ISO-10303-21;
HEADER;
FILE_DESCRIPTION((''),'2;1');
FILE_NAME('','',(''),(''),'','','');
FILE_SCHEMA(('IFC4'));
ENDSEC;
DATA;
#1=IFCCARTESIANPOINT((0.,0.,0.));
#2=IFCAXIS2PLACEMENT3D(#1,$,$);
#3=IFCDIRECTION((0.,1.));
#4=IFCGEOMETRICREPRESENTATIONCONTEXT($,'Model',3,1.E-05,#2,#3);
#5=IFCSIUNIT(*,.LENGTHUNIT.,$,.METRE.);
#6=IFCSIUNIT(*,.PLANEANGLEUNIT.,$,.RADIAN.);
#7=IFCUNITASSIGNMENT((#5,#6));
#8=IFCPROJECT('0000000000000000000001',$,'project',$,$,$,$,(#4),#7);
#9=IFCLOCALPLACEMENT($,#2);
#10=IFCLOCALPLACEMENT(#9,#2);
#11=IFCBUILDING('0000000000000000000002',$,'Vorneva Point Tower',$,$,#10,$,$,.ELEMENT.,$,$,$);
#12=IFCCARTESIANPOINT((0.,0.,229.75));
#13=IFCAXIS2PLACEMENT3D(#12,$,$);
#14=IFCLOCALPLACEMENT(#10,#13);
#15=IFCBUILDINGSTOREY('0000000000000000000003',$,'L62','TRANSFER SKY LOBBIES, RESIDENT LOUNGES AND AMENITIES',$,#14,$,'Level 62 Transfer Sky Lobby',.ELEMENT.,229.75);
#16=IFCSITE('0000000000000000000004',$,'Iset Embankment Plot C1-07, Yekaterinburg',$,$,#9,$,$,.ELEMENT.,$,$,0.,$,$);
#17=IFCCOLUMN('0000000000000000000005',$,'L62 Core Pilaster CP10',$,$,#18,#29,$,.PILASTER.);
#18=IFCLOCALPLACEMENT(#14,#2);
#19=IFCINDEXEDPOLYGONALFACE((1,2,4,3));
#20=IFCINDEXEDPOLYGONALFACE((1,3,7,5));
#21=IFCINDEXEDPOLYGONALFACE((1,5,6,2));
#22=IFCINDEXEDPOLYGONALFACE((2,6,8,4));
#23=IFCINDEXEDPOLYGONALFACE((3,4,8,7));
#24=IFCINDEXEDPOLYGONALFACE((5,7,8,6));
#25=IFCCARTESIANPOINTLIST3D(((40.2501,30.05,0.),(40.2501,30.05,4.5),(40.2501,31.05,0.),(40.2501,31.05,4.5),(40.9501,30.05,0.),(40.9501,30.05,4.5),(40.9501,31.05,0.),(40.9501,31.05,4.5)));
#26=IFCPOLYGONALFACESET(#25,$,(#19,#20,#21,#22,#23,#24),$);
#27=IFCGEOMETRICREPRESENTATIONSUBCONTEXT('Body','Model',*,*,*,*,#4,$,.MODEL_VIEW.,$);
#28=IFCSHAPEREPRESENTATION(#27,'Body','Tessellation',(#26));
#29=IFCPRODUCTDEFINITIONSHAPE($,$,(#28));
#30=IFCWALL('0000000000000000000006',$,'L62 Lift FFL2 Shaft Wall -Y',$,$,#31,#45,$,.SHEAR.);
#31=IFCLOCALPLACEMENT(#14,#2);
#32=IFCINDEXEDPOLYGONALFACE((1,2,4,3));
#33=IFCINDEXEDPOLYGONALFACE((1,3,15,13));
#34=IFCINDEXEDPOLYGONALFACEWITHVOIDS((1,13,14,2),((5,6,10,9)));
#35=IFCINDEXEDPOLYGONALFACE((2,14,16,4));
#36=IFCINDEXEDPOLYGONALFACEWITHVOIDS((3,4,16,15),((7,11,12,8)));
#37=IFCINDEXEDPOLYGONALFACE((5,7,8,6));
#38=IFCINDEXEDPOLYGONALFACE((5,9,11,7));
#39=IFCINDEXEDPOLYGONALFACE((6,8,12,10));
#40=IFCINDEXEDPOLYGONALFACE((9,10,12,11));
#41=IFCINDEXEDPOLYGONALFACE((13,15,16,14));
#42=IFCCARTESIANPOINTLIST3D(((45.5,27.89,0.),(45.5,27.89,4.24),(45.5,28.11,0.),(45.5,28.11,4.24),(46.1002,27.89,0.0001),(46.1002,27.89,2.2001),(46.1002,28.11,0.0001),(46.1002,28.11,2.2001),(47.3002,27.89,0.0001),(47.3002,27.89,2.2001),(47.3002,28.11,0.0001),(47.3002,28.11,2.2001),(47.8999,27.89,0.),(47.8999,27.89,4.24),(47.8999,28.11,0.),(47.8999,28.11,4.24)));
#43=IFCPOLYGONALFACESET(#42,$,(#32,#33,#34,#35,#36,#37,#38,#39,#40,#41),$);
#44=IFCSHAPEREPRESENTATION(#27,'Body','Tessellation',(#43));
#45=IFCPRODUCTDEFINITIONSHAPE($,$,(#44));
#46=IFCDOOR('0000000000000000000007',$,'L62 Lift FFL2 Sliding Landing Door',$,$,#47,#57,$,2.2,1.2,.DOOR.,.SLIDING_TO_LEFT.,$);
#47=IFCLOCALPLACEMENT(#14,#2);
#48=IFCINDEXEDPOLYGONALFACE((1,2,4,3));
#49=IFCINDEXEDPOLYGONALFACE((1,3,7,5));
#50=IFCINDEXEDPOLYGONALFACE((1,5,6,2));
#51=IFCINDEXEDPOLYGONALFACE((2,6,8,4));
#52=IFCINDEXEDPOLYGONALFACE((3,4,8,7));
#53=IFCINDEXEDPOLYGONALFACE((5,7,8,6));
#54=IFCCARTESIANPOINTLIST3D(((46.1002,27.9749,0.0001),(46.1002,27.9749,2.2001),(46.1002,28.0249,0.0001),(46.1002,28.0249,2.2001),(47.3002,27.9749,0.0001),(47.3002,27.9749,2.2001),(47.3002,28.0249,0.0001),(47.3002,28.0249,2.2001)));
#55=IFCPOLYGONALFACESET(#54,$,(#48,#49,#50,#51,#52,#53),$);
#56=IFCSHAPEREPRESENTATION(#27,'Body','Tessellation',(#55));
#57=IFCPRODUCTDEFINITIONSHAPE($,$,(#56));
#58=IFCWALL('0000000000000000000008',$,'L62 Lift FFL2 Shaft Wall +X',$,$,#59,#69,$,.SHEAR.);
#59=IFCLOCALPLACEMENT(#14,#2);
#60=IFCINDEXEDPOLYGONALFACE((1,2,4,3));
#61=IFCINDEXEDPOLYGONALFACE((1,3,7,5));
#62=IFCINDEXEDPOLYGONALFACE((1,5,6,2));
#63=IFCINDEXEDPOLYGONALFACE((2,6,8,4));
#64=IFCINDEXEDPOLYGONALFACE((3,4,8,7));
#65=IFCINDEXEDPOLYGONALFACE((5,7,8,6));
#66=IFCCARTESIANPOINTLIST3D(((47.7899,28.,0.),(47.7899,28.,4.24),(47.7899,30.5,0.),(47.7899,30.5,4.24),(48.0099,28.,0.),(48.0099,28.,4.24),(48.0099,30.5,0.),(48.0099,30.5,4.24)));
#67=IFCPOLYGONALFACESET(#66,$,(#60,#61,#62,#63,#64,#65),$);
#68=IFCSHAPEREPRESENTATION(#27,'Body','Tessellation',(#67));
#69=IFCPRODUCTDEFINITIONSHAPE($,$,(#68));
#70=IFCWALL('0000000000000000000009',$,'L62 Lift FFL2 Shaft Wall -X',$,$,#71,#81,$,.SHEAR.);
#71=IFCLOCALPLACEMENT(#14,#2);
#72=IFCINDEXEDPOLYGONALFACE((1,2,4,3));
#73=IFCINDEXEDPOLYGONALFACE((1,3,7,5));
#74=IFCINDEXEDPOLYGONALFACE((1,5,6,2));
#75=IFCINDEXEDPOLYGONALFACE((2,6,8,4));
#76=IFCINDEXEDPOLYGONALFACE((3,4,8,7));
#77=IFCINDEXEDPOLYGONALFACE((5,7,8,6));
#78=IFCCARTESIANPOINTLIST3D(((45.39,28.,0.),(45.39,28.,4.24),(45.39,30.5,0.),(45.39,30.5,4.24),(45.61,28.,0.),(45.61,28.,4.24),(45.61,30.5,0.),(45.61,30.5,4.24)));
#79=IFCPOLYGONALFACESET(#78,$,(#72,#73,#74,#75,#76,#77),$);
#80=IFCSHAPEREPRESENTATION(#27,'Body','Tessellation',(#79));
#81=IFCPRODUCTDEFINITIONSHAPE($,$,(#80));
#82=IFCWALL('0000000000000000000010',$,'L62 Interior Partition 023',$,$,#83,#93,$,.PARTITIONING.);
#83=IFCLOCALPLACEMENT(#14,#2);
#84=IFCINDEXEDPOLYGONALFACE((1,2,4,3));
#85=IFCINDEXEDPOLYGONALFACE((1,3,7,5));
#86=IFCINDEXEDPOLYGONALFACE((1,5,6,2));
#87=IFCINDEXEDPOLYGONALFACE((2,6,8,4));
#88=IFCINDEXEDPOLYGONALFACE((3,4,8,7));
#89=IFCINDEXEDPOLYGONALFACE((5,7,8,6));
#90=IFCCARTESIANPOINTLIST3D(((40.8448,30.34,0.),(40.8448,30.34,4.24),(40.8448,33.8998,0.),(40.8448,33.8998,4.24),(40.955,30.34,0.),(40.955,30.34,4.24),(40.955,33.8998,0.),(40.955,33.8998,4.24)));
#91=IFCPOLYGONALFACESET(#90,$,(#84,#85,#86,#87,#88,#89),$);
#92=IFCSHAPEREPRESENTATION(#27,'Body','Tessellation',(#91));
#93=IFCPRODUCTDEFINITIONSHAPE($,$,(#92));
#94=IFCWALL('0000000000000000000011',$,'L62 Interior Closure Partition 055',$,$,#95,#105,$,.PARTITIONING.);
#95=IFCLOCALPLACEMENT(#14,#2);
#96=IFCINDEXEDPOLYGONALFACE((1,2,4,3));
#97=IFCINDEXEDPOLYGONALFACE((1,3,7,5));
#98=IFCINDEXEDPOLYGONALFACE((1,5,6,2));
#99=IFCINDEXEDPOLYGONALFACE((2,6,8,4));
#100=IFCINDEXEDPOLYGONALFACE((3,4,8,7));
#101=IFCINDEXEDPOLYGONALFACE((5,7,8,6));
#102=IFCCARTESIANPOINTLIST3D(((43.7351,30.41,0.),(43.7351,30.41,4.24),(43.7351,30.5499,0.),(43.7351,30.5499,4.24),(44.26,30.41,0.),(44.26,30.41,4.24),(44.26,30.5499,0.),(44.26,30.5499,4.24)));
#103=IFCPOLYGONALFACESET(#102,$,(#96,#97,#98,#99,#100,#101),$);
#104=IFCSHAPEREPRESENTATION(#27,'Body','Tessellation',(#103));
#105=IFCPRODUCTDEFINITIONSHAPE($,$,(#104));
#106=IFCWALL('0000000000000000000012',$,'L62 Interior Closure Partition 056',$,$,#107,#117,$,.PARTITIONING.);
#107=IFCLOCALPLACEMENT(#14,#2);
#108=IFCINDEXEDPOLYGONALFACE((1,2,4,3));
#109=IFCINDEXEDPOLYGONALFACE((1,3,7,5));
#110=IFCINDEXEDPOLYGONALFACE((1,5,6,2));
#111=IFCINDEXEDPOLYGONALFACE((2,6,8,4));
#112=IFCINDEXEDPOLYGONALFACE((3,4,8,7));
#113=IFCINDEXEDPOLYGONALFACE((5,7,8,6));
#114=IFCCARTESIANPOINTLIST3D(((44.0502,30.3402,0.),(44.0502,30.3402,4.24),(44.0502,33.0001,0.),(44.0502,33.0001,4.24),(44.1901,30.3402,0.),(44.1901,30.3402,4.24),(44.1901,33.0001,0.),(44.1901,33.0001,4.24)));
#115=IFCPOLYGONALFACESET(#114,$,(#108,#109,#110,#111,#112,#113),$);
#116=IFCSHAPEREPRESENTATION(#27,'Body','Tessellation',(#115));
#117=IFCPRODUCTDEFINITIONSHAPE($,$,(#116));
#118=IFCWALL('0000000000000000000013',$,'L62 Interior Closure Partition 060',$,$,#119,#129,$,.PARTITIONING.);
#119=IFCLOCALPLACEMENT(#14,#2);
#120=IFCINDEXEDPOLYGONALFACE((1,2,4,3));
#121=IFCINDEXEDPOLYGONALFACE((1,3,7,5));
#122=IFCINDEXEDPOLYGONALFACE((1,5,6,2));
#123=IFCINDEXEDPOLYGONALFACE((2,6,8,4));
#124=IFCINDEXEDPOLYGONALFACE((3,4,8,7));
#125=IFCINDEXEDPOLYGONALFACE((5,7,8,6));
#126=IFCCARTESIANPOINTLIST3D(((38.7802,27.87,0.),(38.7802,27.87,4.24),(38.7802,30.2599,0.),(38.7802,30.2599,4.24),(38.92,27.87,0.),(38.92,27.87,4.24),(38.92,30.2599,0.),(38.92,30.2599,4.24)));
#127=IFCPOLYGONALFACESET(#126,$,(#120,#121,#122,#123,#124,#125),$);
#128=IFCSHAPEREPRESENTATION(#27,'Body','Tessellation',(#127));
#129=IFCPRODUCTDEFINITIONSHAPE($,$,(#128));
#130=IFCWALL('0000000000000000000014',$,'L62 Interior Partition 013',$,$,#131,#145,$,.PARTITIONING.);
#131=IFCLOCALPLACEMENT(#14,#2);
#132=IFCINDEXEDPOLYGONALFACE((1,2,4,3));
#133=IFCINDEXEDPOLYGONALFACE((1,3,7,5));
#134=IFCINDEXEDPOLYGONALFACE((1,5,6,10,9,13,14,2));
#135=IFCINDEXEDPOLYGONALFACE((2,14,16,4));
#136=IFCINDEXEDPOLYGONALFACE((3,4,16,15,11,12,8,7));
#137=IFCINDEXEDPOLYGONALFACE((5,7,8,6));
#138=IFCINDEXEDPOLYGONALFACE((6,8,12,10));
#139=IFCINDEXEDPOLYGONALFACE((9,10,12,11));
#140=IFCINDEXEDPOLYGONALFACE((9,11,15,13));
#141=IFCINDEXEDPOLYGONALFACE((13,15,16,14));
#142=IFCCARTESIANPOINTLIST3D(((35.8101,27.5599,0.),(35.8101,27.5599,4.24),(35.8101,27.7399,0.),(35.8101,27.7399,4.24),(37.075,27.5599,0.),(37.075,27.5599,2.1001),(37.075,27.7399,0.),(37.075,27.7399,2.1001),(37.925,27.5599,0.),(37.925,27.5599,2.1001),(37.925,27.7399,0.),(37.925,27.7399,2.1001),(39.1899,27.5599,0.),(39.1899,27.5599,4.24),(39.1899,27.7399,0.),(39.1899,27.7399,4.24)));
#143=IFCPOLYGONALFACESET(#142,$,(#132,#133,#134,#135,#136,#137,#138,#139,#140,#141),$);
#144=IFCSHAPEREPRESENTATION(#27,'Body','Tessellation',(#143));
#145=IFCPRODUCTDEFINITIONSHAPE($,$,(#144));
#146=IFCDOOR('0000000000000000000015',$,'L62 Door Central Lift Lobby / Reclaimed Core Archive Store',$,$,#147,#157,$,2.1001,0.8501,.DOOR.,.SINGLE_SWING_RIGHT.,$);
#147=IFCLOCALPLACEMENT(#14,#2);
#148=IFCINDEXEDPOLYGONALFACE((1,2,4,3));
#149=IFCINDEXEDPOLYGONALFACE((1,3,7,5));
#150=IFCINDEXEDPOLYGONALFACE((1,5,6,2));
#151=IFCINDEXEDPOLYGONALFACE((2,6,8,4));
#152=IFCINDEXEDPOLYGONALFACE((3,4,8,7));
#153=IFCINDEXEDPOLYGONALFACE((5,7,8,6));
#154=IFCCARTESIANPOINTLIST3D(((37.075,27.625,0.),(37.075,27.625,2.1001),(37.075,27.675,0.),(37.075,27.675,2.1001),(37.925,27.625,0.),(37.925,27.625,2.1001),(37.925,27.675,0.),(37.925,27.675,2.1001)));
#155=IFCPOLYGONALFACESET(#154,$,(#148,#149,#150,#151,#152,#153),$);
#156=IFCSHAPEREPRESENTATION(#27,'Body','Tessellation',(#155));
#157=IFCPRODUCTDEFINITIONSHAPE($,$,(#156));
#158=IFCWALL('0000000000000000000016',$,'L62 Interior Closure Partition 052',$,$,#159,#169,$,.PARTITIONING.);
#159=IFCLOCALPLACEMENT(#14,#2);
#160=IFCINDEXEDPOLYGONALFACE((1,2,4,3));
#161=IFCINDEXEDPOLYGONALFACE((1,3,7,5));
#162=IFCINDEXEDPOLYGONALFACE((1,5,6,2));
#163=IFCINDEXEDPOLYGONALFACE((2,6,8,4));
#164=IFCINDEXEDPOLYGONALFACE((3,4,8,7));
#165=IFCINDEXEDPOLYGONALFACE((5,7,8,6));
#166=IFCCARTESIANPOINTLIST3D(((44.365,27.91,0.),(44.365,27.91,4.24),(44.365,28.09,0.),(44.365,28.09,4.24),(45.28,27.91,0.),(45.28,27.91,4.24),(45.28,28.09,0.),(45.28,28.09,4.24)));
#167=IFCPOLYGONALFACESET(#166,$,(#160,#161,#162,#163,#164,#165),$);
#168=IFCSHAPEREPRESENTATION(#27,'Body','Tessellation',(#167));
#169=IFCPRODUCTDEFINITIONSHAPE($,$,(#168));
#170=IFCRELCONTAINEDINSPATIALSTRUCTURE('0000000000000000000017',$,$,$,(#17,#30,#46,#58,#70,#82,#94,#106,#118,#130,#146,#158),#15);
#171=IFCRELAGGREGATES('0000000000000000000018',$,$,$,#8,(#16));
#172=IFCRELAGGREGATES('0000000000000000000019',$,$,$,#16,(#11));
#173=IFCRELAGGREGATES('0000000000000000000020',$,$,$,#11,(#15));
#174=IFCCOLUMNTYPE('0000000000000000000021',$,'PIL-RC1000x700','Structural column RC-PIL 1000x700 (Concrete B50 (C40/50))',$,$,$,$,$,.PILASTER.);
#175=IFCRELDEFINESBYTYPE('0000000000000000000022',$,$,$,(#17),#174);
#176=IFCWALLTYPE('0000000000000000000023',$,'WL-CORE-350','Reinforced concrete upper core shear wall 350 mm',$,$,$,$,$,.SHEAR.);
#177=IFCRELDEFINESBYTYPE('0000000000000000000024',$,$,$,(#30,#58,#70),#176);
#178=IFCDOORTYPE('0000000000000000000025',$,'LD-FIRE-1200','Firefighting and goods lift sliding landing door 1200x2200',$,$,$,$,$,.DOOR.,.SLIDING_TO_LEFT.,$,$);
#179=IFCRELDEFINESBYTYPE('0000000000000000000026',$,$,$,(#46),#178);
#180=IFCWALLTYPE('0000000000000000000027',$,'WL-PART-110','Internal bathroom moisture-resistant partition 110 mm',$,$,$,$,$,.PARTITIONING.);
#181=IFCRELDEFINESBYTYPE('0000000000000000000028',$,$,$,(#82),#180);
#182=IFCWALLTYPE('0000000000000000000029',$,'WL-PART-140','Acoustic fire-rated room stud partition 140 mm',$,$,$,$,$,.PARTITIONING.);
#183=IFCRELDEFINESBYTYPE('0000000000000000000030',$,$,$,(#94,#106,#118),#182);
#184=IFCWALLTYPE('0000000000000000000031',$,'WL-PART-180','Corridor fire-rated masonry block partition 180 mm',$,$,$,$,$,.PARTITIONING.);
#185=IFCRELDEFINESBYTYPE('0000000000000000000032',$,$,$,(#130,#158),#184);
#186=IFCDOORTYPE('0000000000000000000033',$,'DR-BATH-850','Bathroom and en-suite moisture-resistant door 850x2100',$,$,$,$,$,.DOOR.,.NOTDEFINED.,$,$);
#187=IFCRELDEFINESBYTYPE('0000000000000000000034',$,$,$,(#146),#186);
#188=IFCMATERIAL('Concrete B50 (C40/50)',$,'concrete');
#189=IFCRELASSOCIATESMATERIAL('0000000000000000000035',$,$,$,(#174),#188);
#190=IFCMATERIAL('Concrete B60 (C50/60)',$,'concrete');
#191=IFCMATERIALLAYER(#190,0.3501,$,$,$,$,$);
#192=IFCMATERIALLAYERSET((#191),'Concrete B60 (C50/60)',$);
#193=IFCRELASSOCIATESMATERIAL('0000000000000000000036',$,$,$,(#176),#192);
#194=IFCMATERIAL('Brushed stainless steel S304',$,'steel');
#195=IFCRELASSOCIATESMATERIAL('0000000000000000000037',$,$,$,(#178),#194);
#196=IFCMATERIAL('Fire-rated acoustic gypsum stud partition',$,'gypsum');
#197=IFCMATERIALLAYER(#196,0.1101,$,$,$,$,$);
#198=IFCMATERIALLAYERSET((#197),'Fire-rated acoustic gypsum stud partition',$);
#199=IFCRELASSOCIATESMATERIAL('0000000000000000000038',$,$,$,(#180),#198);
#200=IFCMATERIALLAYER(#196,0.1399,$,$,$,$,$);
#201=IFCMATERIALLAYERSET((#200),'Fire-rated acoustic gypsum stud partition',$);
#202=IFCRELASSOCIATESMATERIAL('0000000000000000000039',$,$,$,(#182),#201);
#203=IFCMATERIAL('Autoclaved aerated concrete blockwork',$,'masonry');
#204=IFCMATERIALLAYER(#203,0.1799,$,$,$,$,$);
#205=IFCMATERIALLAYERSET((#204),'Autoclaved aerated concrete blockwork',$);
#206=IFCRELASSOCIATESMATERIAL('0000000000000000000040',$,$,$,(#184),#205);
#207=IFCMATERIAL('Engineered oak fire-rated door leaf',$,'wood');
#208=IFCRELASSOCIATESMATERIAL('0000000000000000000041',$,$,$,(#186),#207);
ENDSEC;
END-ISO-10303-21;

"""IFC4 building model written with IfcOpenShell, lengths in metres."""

from ifc_helpers import new_model, si_unit, direction, frame, frame_2d, origin, origin_2d, place, context, subcontext, project, spatial, rectangle, extrude, material, layer, layer_set, material_profile, profile_set, type_object, element, fill, save


model = new_model("IFC4")

# Units and contexts
model_context = context("Model", 3, precision=1e-05, world=origin(), true_north=direction((0.0, 1.0)))
body_context = subcontext(model_context, "Body", "Model", "MODEL_VIEW")
ifc_project = project(units=[si_unit("LENGTHUNIT", "METRE"), si_unit("PLANEANGLEUNIT", "RADIAN")], contexts=[model_context])

# Site, building, storey
site_placement = place(None, origin())
site = spatial("IfcSite", under=ifc_project, at=site_placement, Name="Iset Embankment Plot C1-07, Yekaterinburg", CompositionType="ELEMENT", RefElevation=0.0)
building_placement = place(site_placement, origin())
building = spatial("IfcBuilding", under=site, at=building_placement, Name="Vorneva Point Tower", CompositionType="ELEMENT")
storey_placement = place(building_placement, frame((0.0, 0.0, 229.75)))
storey = spatial("IfcBuildingStorey", under=building, at=storey_placement, Name="L62", Description="TRANSFER SKY LOBBIES, RESIDENT LOUNGES AND AMENITIES", LongName="Level 62 Transfer Sky Lobby", CompositionType="ELEMENT", Elevation=229.75)

# Column
ifc_material_1 = material(Name="Concrete B50 (C40/50)", Category="concrete")
ifc_material_profile = material_profile(ifc_material_1, rectangle(XDim=0.7, YDim=1.0, at=origin_2d()), Name="RC-PIL 1000x700")
ifc_profile_set = profile_set([ifc_material_profile], Name="Concrete B50 (C40/50)")
column_type = type_object("IfcColumnType", Name="PIL-RC1000x700", Description="Structural column RC-PIL 1000x700 (Concrete B50 (C40/50))", PredefinedType="PILASTER", material=ifc_profile_set)
column_placement = place(storey_placement, frame((40.6001, 30.55, 0.0), z_axis=(0.0, 0.0, 1.0), x_axis=(1.0, 0.0, 0.0)))
element("IfcColumn", 1, at=column_placement, inside=storey, type_object=column_type, Name="L62 Core Pilaster CP10", PredefinedType="PILASTER", context=body_context, shape_type="SweptSolid", body=[
    extrude(rectangle(XDim=0.7, YDim=1.0, at=origin_2d()), origin(), (0.0, 0.0, 1.0), 4.5),
])

# Wall, opening, door
ifc_material_2 = material(Name="Concrete B60 (C50/60)", Category="concrete")
ifc_layer_1 = layer(ifc_material_2, 0.3501)
ifc_layer_set_1 = layer_set([ifc_layer_1], Name="Concrete B60 (C50/60)")
wall_type_1 = type_object("IfcWallType", Name="WL-CORE-350", Description="Reinforced concrete upper core shear wall 350 mm", PredefinedType="SHEAR", material=ifc_layer_set_1)
wall_1_placement = place(storey_placement, frame((45.5, 28.0, 0.0), z_axis=(0.0, 0.0, 1.0), x_axis=(1.0, 0.0, 0.0)))
wall_1 = element("IfcWall", 2, at=wall_1_placement, inside=storey, type_object=wall_type_1, Name="L62 Lift FFL2 Shaft Wall -Y", PredefinedType="SHEAR", context=body_context, shape_type="SweptSolid", body=[
    extrude(rectangle(XDim=2.3999, YDim=0.22, at=frame_2d((1.2, 0.0))), origin(), (0.0, 0.0, 1.0), 4.24),
])
opening_1_placement = place(wall_1_placement, frame((0.6001, 0.0, 0.0)))
opening_1 = element("IfcOpeningElement", 3, at=opening_1_placement, cuts=wall_1, PredefinedType="OPENING", context=body_context, shape_type="SweptSolid", body=[
    extrude(rectangle(XDim=1.2, YDim=2.2, at=frame_2d((0.6001, 1.1001))), frame((0.0, 0.125, 0.0), z_axis=(0.0, -1.0, 0.0), x_axis=(1.0, 0.0, 0.0)), (0.0, 0.0, 1.0), 0.2498),
])
ifc_material_3 = material(Name="Brushed stainless steel S304", Category="steel")
door_type_1 = type_object("IfcDoorType", Name="LD-FIRE-1200", Description="Firefighting and goods lift sliding landing door 1200x2200", OperationType="SLIDING_TO_LEFT", PredefinedType="DOOR", material=ifc_material_3)
door_1_placement = place(opening_1_placement, origin())
door_1 = element("IfcDoor", 4, at=door_1_placement, inside=storey, type_object=door_type_1, Name="L62 Lift FFL2 Sliding Landing Door", OperationType="SLIDING_TO_LEFT", OverallHeight=2.2, OverallWidth=1.2, PredefinedType="DOOR", context=body_context, shape_type="SweptSolid", body=[
    extrude(rectangle(XDim=1.2, YDim=2.2, at=frame_2d((0.6001, 1.1001))), frame((0.0, 0.0249, 0.0), z_axis=(0.0, -1.0, 0.0), x_axis=(1.0, 0.0, 0.0)), (0.0, 0.0, 1.0), 0.05),
])
fill(opening_1, door_1)

# Walls
for number, where, z_axis, x_axis, name in (
    (5, (47.8999, 28.0, 0.0), (0.0, 0.0, 1.0), (0.0, 1.0, 0.0), "L62 Lift FFL2 Shaft Wall +X"),
    (6, (45.5, 30.5, 0.0), (0.0, 0.0, 1.0), (0.0, -1.0, 0.0), "L62 Lift FFL2 Shaft Wall -X"),
):
    element("IfcWall", number, at=place(storey_placement, frame(where, z_axis=z_axis, x_axis=x_axis)), inside=storey, type_object=wall_type_1, Name=name, PredefinedType="SHEAR", context=body_context, shape_type="SweptSolid", body=[
        extrude(rectangle(XDim=2.5, YDim=0.22, at=frame_2d((1.25, 0.0))), origin(), (0.0, 0.0, 1.0), 4.24),
    ])
ifc_material_4 = material(Name="Fire-rated acoustic gypsum stud partition", Category="gypsum")
ifc_layer_2 = layer(ifc_material_4, 0.1101)
ifc_layer_set_2 = layer_set([ifc_layer_2], Name="Fire-rated acoustic gypsum stud partition")
wall_type_2 = type_object("IfcWallType", Name="WL-PART-110", Description="Internal bathroom moisture-resistant partition 110 mm", PredefinedType="PARTITIONING", material=ifc_layer_set_2)
wall_2_placement = place(storey_placement, frame((40.8999, 30.3401, 0.0), z_axis=(0.0, 0.0, 1.0), x_axis=(0.0, 1.0, 0.0)))
element("IfcWall", 7, at=wall_2_placement, inside=storey, type_object=wall_type_2, Name="L62 Interior Partition 023", PredefinedType="PARTITIONING", context=body_context, shape_type="SweptSolid", body=[
    extrude(rectangle(XDim=3.5598, YDim=0.1101, at=frame_2d((1.7798, 0.0))), origin(), (0.0, 0.0, 1.0), 4.24),
])
ifc_layer_3 = layer(ifc_material_4, 0.1399)
ifc_layer_set_3 = layer_set([ifc_layer_3], Name="Fire-rated acoustic gypsum stud partition")
wall_type_3 = type_object("IfcWallType", Name="WL-PART-140", Description="Acoustic fire-rated room stud partition 140 mm", PredefinedType="PARTITIONING", material=ifc_layer_set_3)
wall_3_placement = place(storey_placement, frame((43.7351, 30.48, 0.0), z_axis=(0.0, 0.0, 1.0), x_axis=(1.0, 0.0, 0.0)))
element("IfcWall", 8, at=wall_3_placement, inside=storey, type_object=wall_type_3, Name="L62 Interior Closure Partition 055", PredefinedType="PARTITIONING", context=body_context, shape_type="SweptSolid", body=[
    extrude(rectangle(XDim=0.5249, YDim=0.1399, at=frame_2d((0.2625, 0.0))), origin(), (0.0, 0.0, 1.0), 4.24),
])
wall_4_placement = place(storey_placement, frame((44.1201, 30.3401, 0.0), z_axis=(0.0, 0.0, 1.0), x_axis=(0.0, 1.0, 0.0)))
element("IfcWall", 9, at=wall_4_placement, inside=storey, type_object=wall_type_3, Name="L62 Interior Closure Partition 056", PredefinedType="PARTITIONING", context=body_context, shape_type="SweptSolid", body=[
    extrude(rectangle(XDim=2.6599, YDim=0.1399, at=frame_2d((1.3301, 0.0))), origin(), (0.0, 0.0, 1.0), 4.24),
])
wall_5_placement = place(storey_placement, frame((38.8501, 27.8701, 0.0), z_axis=(0.0, 0.0, 1.0), x_axis=(0.0, 1.0, 0.0)))
element("IfcWall", 10, at=wall_5_placement, inside=storey, type_object=wall_type_3, Name="L62 Interior Closure Partition 060", PredefinedType="PARTITIONING", context=body_context, shape_type="SweptSolid", body=[
    extrude(rectangle(XDim=2.3899, YDim=0.1399, at=frame_2d((1.1948, 0.0))), origin(), (0.0, 0.0, 1.0), 4.24),
])

# Wall, opening, door
ifc_material_5 = material(Name="Autoclaved aerated concrete blockwork", Category="masonry")
ifc_layer_4 = layer(ifc_material_5, 0.1799)
ifc_layer_set_4 = layer_set([ifc_layer_4], Name="Autoclaved aerated concrete blockwork")
wall_type_4 = type_object("IfcWallType", Name="WL-PART-180", Description="Corridor fire-rated masonry block partition 180 mm", PredefinedType="PARTITIONING", material=ifc_layer_set_4)
wall_6_placement = place(storey_placement, frame((39.1899, 27.6499, 0.0), z_axis=(0.0, 0.0, 1.0), x_axis=(-1.0, 0.0, 0.0)))
wall_6 = element("IfcWall", 11, at=wall_6_placement, inside=storey, type_object=wall_type_4, Name="L62 Interior Partition 013", PredefinedType="PARTITIONING", context=body_context, shape_type="SweptSolid", body=[
    extrude(rectangle(XDim=3.3799, YDim=0.1799, at=frame_2d((1.6899, 0.0))), origin(), (0.0, 0.0, 1.0), 4.24),
])
opening_2_placement = place(wall_6_placement, frame((1.2649, 0.0, 0.0)))
opening_2 = element("IfcOpeningElement", 12, at=opening_2_placement, cuts=wall_6, PredefinedType="OPENING", context=body_context, shape_type="SweptSolid", body=[
    extrude(rectangle(XDim=0.8501, YDim=2.1001, at=frame_2d((0.425, 1.05))), frame((0.0, 0.105, 0.0), z_axis=(0.0, -1.0, 0.0), x_axis=(1.0, 0.0, 0.0)), (0.0, 0.0, 1.0), 0.2097),
])
ifc_material_6 = material(Name="Engineered oak fire-rated door leaf", Category="wood")
door_type_2 = type_object("IfcDoorType", Name="DR-BATH-850", Description="Bathroom and en-suite moisture-resistant door 850x2100", OperationType="NOTDEFINED", PredefinedType="DOOR", material=ifc_material_6)
door_2_placement = place(opening_2_placement, origin())
door_2 = element("IfcDoor", 13, at=door_2_placement, inside=storey, type_object=door_type_2, Name="L62 Door Central Lift Lobby / Reclaimed Core Archive Store", OperationType="SINGLE_SWING_RIGHT", OverallHeight=2.1001, OverallWidth=0.8501, PredefinedType="DOOR", context=body_context, shape_type="SweptSolid", body=[
    extrude(rectangle(XDim=0.8501, YDim=2.1001, at=frame_2d((0.425, 1.05))), frame((0.0, 0.0249, 0.0), z_axis=(0.0, -1.0, 0.0), x_axis=(1.0, 0.0, 0.0)), (0.0, 0.0, 1.0), 0.05),
])
fill(opening_2, door_2)

# Wall
wall_7_placement = place(storey_placement, frame((45.28, 28.0, 0.0), z_axis=(0.0, 0.0, 1.0), x_axis=(-1.0, 0.0, 0.0)))
element("IfcWall", 14, at=wall_7_placement, inside=storey, type_object=wall_type_4, Name="L62 Interior Closure Partition 052", PredefinedType="PARTITIONING", context=body_context, shape_type="SweptSolid", body=[
    extrude(rectangle(XDim=0.915, YDim=0.1799, at=frame_2d((0.4575, 0.0))), origin(), (0.0, 0.0, 1.0), 4.24),
])

save(model, "model.ifc")
